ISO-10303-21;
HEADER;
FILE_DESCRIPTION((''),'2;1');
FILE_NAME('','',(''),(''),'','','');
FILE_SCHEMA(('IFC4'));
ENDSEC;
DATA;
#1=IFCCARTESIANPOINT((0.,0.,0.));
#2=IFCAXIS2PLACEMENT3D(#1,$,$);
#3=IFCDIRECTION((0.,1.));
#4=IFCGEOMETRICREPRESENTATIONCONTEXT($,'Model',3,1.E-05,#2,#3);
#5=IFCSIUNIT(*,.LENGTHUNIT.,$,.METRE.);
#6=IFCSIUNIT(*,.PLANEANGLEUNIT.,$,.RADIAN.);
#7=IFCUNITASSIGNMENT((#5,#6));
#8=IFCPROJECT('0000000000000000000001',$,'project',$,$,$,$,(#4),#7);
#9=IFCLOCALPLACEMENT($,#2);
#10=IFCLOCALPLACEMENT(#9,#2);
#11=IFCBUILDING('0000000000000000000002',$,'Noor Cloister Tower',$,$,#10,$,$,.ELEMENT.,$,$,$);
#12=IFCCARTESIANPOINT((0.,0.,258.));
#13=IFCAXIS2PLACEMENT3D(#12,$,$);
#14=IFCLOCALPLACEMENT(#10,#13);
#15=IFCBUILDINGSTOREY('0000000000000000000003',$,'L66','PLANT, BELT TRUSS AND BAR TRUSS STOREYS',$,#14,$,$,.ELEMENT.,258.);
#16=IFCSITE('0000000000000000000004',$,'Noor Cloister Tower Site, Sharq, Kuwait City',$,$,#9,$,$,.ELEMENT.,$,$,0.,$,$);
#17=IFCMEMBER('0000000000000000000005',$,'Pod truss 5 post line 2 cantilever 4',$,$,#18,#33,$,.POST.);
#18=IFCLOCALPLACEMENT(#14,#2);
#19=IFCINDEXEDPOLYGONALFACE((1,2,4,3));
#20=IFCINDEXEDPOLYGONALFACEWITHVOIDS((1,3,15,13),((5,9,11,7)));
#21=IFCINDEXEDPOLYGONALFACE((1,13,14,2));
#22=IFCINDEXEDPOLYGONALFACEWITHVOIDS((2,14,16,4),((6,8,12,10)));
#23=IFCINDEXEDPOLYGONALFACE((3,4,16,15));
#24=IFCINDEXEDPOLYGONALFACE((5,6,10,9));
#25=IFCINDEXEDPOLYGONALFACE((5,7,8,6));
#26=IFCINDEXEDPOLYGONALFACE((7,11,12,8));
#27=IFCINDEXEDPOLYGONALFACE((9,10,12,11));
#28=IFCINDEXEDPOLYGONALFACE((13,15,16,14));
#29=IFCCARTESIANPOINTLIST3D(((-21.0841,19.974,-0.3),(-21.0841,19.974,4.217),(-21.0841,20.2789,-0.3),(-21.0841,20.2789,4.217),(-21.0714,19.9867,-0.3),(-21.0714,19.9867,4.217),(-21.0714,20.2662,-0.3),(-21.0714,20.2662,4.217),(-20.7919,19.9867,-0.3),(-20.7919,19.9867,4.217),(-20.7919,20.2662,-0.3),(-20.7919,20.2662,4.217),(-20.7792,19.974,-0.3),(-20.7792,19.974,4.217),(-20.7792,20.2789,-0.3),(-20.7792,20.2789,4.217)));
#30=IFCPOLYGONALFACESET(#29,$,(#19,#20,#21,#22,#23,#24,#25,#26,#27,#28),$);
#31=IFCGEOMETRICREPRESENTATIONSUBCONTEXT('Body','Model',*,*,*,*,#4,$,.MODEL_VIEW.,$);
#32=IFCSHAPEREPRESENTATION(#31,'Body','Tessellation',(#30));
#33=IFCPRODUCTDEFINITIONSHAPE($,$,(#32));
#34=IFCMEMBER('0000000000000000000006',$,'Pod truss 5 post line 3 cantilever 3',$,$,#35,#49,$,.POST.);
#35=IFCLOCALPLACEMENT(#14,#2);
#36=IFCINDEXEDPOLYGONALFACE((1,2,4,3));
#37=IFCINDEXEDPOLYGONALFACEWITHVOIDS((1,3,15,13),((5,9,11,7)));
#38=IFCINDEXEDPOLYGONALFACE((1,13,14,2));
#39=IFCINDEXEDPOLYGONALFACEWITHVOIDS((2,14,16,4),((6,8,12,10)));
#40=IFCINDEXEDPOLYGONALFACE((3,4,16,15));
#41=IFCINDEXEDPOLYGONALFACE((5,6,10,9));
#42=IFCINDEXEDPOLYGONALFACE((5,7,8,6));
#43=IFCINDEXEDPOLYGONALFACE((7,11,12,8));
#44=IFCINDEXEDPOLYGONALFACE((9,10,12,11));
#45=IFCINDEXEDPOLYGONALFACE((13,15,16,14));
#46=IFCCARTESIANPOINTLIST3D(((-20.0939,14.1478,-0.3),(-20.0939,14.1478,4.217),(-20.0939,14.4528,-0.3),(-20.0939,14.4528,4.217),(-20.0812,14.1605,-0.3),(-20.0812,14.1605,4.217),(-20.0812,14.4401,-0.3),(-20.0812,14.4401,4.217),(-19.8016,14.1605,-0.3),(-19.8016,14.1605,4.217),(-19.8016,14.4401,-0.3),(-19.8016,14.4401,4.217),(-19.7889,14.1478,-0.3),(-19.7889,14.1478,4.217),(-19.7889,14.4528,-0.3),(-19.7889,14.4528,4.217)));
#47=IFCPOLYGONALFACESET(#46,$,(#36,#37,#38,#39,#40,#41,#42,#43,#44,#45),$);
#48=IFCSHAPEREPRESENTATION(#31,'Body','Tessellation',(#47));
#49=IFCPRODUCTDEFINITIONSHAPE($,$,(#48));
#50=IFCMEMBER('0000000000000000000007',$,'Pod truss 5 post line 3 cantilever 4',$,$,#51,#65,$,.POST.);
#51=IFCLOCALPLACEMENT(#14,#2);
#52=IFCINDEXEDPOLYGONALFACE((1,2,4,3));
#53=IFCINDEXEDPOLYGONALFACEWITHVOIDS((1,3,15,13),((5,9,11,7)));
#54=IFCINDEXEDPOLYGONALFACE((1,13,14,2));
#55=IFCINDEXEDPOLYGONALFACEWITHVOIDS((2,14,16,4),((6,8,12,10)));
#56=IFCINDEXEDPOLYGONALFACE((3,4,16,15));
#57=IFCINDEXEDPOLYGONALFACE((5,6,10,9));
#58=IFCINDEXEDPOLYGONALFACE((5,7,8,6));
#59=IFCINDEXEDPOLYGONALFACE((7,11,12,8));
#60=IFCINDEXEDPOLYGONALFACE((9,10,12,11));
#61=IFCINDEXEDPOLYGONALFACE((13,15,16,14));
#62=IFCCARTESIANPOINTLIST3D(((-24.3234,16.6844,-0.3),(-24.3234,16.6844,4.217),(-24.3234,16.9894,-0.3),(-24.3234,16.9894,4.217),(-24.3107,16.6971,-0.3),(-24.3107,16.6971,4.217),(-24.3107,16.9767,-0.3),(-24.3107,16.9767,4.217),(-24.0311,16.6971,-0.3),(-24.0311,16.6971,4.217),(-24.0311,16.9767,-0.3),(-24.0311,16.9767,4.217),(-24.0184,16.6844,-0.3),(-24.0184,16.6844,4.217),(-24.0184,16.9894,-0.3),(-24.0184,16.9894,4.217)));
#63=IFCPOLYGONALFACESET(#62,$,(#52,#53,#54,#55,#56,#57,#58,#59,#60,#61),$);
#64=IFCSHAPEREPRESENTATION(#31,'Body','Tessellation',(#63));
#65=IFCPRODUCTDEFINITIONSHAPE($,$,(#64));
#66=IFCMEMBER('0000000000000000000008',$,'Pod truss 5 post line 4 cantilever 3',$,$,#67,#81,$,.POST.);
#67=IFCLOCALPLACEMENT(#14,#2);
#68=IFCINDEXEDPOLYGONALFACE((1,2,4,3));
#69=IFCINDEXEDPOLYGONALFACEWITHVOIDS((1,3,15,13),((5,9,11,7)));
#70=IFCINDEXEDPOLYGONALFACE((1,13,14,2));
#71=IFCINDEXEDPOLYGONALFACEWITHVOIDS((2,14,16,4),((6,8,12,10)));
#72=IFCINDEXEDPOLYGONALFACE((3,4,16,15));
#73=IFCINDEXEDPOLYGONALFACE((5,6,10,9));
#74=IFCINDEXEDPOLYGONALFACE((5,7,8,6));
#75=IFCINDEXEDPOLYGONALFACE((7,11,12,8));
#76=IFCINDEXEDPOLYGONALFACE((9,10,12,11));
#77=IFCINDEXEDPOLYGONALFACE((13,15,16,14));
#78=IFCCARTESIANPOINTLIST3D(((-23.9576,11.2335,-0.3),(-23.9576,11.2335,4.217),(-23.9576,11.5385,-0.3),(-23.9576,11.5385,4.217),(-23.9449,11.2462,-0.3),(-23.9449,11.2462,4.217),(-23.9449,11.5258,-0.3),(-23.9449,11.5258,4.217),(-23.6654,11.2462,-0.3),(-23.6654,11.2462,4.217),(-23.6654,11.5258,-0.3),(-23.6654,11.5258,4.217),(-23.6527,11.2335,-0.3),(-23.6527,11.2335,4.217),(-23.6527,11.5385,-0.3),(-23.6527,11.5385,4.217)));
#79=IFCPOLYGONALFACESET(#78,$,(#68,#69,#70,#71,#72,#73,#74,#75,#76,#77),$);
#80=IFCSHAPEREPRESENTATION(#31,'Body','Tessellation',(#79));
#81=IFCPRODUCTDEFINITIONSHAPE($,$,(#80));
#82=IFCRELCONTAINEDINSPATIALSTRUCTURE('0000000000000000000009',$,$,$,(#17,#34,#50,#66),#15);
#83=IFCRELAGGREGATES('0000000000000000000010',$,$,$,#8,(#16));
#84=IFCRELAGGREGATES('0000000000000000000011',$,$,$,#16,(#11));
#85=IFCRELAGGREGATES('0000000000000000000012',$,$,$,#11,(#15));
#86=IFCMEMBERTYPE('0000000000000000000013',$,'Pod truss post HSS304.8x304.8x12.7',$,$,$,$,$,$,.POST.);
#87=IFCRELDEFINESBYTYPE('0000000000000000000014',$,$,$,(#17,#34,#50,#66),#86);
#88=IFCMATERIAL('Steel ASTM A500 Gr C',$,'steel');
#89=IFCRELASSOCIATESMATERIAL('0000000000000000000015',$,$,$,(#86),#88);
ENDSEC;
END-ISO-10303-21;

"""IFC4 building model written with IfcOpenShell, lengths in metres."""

from ifc_helpers import new_model, si_unit, direction, frame, origin, origin_2d, place, context, subcontext, project, spatial, hollow_rectangle, extrude, material, material_profile, profile_set, type_object, element, save


model = new_model("IFC4")

# Units and contexts
model_context = context("Model", 3, precision=1e-05, world=origin(), true_north=direction((0.0, 1.0)))
body_context = subcontext(model_context, "Body", "Model", "MODEL_VIEW")
ifc_project = project(units=[si_unit("LENGTHUNIT", "METRE"), si_unit("PLANEANGLEUNIT", "RADIAN")], contexts=[model_context])

# Site, building, storey
site_placement = place(None, origin())
site = spatial("IfcSite", under=ifc_project, at=site_placement, Name="Noor Cloister Tower Site, Sharq, Kuwait City", CompositionType="ELEMENT", RefElevation=0.0)
building_placement = place(site_placement, origin())
building = spatial("IfcBuilding", under=site, at=building_placement, Name="Noor Cloister Tower", CompositionType="ELEMENT")
storey_placement = place(building_placement, frame((0.0, 0.0, 258.0)))
storey = spatial("IfcBuildingStorey", under=building, at=storey_placement, Name="L66", Description="PLANT, BELT TRUSS AND BAR TRUSS STOREYS", CompositionType="ELEMENT", Elevation=258.0)

# Members
ifc_material_1 = material(Name="Steel ASTM A500 Gr C", Category="steel")
ifc_material_profile_1 = material_profile(ifc_material_1, hollow_rectangle(XDim=0.3049, YDim=0.3049, WallThickness=0.0127, at=origin_2d()), Name="HSS304.8x304.8x12.7")
ifc_profile_set_1 = profile_set([ifc_material_profile_1], Name="Steel ASTM A500 Gr C")
member_type_1 = type_object("IfcMemberType", Name="Pod truss post HSS304.8x304.8x12.7", PredefinedType="POST", material=ifc_profile_set_1)
for number, where, z_axis, x_axis, name in (
    (1, (-20.9316, 20.1265, -0.3), (0.0, 0.0, 1.0), (1.0, 0.0, 0.0), "Pod truss 5 post line 2 cantilever 4"),
    (2, (-19.9414, 14.3003, -0.3), (0.0, 0.0, 1.0), (1.0, 0.0, 0.0), "Pod truss 5 post line 3 cantilever 3"),
    (3, (-24.1709, 16.8369, -0.3), (0.0, 0.0, 1.0), (1.0, 0.0, 0.0), "Pod truss 5 post line 3 cantilever 4"),
    (4, (-23.8052, 11.386, -0.3), (0.0, 0.0, 1.0), (1.0, 0.0, 0.0), "Pod truss 5 post line 4 cantilever 3"),
):
    element("IfcMember", number, at=place(storey_placement, frame(where, z_axis=z_axis, x_axis=x_axis)), inside=storey, type_object=member_type_1, Name=name, PredefinedType="POST", context=body_context, shape_type="SweptSolid", body=[
        extrude(hollow_rectangle(XDim=0.3049, YDim=0.3049, WallThickness=0.0127, at=origin_2d()), origin(), (0.0, 0.0, 1.0), 4.5171),
    ])

save(model, "model.ifc")
